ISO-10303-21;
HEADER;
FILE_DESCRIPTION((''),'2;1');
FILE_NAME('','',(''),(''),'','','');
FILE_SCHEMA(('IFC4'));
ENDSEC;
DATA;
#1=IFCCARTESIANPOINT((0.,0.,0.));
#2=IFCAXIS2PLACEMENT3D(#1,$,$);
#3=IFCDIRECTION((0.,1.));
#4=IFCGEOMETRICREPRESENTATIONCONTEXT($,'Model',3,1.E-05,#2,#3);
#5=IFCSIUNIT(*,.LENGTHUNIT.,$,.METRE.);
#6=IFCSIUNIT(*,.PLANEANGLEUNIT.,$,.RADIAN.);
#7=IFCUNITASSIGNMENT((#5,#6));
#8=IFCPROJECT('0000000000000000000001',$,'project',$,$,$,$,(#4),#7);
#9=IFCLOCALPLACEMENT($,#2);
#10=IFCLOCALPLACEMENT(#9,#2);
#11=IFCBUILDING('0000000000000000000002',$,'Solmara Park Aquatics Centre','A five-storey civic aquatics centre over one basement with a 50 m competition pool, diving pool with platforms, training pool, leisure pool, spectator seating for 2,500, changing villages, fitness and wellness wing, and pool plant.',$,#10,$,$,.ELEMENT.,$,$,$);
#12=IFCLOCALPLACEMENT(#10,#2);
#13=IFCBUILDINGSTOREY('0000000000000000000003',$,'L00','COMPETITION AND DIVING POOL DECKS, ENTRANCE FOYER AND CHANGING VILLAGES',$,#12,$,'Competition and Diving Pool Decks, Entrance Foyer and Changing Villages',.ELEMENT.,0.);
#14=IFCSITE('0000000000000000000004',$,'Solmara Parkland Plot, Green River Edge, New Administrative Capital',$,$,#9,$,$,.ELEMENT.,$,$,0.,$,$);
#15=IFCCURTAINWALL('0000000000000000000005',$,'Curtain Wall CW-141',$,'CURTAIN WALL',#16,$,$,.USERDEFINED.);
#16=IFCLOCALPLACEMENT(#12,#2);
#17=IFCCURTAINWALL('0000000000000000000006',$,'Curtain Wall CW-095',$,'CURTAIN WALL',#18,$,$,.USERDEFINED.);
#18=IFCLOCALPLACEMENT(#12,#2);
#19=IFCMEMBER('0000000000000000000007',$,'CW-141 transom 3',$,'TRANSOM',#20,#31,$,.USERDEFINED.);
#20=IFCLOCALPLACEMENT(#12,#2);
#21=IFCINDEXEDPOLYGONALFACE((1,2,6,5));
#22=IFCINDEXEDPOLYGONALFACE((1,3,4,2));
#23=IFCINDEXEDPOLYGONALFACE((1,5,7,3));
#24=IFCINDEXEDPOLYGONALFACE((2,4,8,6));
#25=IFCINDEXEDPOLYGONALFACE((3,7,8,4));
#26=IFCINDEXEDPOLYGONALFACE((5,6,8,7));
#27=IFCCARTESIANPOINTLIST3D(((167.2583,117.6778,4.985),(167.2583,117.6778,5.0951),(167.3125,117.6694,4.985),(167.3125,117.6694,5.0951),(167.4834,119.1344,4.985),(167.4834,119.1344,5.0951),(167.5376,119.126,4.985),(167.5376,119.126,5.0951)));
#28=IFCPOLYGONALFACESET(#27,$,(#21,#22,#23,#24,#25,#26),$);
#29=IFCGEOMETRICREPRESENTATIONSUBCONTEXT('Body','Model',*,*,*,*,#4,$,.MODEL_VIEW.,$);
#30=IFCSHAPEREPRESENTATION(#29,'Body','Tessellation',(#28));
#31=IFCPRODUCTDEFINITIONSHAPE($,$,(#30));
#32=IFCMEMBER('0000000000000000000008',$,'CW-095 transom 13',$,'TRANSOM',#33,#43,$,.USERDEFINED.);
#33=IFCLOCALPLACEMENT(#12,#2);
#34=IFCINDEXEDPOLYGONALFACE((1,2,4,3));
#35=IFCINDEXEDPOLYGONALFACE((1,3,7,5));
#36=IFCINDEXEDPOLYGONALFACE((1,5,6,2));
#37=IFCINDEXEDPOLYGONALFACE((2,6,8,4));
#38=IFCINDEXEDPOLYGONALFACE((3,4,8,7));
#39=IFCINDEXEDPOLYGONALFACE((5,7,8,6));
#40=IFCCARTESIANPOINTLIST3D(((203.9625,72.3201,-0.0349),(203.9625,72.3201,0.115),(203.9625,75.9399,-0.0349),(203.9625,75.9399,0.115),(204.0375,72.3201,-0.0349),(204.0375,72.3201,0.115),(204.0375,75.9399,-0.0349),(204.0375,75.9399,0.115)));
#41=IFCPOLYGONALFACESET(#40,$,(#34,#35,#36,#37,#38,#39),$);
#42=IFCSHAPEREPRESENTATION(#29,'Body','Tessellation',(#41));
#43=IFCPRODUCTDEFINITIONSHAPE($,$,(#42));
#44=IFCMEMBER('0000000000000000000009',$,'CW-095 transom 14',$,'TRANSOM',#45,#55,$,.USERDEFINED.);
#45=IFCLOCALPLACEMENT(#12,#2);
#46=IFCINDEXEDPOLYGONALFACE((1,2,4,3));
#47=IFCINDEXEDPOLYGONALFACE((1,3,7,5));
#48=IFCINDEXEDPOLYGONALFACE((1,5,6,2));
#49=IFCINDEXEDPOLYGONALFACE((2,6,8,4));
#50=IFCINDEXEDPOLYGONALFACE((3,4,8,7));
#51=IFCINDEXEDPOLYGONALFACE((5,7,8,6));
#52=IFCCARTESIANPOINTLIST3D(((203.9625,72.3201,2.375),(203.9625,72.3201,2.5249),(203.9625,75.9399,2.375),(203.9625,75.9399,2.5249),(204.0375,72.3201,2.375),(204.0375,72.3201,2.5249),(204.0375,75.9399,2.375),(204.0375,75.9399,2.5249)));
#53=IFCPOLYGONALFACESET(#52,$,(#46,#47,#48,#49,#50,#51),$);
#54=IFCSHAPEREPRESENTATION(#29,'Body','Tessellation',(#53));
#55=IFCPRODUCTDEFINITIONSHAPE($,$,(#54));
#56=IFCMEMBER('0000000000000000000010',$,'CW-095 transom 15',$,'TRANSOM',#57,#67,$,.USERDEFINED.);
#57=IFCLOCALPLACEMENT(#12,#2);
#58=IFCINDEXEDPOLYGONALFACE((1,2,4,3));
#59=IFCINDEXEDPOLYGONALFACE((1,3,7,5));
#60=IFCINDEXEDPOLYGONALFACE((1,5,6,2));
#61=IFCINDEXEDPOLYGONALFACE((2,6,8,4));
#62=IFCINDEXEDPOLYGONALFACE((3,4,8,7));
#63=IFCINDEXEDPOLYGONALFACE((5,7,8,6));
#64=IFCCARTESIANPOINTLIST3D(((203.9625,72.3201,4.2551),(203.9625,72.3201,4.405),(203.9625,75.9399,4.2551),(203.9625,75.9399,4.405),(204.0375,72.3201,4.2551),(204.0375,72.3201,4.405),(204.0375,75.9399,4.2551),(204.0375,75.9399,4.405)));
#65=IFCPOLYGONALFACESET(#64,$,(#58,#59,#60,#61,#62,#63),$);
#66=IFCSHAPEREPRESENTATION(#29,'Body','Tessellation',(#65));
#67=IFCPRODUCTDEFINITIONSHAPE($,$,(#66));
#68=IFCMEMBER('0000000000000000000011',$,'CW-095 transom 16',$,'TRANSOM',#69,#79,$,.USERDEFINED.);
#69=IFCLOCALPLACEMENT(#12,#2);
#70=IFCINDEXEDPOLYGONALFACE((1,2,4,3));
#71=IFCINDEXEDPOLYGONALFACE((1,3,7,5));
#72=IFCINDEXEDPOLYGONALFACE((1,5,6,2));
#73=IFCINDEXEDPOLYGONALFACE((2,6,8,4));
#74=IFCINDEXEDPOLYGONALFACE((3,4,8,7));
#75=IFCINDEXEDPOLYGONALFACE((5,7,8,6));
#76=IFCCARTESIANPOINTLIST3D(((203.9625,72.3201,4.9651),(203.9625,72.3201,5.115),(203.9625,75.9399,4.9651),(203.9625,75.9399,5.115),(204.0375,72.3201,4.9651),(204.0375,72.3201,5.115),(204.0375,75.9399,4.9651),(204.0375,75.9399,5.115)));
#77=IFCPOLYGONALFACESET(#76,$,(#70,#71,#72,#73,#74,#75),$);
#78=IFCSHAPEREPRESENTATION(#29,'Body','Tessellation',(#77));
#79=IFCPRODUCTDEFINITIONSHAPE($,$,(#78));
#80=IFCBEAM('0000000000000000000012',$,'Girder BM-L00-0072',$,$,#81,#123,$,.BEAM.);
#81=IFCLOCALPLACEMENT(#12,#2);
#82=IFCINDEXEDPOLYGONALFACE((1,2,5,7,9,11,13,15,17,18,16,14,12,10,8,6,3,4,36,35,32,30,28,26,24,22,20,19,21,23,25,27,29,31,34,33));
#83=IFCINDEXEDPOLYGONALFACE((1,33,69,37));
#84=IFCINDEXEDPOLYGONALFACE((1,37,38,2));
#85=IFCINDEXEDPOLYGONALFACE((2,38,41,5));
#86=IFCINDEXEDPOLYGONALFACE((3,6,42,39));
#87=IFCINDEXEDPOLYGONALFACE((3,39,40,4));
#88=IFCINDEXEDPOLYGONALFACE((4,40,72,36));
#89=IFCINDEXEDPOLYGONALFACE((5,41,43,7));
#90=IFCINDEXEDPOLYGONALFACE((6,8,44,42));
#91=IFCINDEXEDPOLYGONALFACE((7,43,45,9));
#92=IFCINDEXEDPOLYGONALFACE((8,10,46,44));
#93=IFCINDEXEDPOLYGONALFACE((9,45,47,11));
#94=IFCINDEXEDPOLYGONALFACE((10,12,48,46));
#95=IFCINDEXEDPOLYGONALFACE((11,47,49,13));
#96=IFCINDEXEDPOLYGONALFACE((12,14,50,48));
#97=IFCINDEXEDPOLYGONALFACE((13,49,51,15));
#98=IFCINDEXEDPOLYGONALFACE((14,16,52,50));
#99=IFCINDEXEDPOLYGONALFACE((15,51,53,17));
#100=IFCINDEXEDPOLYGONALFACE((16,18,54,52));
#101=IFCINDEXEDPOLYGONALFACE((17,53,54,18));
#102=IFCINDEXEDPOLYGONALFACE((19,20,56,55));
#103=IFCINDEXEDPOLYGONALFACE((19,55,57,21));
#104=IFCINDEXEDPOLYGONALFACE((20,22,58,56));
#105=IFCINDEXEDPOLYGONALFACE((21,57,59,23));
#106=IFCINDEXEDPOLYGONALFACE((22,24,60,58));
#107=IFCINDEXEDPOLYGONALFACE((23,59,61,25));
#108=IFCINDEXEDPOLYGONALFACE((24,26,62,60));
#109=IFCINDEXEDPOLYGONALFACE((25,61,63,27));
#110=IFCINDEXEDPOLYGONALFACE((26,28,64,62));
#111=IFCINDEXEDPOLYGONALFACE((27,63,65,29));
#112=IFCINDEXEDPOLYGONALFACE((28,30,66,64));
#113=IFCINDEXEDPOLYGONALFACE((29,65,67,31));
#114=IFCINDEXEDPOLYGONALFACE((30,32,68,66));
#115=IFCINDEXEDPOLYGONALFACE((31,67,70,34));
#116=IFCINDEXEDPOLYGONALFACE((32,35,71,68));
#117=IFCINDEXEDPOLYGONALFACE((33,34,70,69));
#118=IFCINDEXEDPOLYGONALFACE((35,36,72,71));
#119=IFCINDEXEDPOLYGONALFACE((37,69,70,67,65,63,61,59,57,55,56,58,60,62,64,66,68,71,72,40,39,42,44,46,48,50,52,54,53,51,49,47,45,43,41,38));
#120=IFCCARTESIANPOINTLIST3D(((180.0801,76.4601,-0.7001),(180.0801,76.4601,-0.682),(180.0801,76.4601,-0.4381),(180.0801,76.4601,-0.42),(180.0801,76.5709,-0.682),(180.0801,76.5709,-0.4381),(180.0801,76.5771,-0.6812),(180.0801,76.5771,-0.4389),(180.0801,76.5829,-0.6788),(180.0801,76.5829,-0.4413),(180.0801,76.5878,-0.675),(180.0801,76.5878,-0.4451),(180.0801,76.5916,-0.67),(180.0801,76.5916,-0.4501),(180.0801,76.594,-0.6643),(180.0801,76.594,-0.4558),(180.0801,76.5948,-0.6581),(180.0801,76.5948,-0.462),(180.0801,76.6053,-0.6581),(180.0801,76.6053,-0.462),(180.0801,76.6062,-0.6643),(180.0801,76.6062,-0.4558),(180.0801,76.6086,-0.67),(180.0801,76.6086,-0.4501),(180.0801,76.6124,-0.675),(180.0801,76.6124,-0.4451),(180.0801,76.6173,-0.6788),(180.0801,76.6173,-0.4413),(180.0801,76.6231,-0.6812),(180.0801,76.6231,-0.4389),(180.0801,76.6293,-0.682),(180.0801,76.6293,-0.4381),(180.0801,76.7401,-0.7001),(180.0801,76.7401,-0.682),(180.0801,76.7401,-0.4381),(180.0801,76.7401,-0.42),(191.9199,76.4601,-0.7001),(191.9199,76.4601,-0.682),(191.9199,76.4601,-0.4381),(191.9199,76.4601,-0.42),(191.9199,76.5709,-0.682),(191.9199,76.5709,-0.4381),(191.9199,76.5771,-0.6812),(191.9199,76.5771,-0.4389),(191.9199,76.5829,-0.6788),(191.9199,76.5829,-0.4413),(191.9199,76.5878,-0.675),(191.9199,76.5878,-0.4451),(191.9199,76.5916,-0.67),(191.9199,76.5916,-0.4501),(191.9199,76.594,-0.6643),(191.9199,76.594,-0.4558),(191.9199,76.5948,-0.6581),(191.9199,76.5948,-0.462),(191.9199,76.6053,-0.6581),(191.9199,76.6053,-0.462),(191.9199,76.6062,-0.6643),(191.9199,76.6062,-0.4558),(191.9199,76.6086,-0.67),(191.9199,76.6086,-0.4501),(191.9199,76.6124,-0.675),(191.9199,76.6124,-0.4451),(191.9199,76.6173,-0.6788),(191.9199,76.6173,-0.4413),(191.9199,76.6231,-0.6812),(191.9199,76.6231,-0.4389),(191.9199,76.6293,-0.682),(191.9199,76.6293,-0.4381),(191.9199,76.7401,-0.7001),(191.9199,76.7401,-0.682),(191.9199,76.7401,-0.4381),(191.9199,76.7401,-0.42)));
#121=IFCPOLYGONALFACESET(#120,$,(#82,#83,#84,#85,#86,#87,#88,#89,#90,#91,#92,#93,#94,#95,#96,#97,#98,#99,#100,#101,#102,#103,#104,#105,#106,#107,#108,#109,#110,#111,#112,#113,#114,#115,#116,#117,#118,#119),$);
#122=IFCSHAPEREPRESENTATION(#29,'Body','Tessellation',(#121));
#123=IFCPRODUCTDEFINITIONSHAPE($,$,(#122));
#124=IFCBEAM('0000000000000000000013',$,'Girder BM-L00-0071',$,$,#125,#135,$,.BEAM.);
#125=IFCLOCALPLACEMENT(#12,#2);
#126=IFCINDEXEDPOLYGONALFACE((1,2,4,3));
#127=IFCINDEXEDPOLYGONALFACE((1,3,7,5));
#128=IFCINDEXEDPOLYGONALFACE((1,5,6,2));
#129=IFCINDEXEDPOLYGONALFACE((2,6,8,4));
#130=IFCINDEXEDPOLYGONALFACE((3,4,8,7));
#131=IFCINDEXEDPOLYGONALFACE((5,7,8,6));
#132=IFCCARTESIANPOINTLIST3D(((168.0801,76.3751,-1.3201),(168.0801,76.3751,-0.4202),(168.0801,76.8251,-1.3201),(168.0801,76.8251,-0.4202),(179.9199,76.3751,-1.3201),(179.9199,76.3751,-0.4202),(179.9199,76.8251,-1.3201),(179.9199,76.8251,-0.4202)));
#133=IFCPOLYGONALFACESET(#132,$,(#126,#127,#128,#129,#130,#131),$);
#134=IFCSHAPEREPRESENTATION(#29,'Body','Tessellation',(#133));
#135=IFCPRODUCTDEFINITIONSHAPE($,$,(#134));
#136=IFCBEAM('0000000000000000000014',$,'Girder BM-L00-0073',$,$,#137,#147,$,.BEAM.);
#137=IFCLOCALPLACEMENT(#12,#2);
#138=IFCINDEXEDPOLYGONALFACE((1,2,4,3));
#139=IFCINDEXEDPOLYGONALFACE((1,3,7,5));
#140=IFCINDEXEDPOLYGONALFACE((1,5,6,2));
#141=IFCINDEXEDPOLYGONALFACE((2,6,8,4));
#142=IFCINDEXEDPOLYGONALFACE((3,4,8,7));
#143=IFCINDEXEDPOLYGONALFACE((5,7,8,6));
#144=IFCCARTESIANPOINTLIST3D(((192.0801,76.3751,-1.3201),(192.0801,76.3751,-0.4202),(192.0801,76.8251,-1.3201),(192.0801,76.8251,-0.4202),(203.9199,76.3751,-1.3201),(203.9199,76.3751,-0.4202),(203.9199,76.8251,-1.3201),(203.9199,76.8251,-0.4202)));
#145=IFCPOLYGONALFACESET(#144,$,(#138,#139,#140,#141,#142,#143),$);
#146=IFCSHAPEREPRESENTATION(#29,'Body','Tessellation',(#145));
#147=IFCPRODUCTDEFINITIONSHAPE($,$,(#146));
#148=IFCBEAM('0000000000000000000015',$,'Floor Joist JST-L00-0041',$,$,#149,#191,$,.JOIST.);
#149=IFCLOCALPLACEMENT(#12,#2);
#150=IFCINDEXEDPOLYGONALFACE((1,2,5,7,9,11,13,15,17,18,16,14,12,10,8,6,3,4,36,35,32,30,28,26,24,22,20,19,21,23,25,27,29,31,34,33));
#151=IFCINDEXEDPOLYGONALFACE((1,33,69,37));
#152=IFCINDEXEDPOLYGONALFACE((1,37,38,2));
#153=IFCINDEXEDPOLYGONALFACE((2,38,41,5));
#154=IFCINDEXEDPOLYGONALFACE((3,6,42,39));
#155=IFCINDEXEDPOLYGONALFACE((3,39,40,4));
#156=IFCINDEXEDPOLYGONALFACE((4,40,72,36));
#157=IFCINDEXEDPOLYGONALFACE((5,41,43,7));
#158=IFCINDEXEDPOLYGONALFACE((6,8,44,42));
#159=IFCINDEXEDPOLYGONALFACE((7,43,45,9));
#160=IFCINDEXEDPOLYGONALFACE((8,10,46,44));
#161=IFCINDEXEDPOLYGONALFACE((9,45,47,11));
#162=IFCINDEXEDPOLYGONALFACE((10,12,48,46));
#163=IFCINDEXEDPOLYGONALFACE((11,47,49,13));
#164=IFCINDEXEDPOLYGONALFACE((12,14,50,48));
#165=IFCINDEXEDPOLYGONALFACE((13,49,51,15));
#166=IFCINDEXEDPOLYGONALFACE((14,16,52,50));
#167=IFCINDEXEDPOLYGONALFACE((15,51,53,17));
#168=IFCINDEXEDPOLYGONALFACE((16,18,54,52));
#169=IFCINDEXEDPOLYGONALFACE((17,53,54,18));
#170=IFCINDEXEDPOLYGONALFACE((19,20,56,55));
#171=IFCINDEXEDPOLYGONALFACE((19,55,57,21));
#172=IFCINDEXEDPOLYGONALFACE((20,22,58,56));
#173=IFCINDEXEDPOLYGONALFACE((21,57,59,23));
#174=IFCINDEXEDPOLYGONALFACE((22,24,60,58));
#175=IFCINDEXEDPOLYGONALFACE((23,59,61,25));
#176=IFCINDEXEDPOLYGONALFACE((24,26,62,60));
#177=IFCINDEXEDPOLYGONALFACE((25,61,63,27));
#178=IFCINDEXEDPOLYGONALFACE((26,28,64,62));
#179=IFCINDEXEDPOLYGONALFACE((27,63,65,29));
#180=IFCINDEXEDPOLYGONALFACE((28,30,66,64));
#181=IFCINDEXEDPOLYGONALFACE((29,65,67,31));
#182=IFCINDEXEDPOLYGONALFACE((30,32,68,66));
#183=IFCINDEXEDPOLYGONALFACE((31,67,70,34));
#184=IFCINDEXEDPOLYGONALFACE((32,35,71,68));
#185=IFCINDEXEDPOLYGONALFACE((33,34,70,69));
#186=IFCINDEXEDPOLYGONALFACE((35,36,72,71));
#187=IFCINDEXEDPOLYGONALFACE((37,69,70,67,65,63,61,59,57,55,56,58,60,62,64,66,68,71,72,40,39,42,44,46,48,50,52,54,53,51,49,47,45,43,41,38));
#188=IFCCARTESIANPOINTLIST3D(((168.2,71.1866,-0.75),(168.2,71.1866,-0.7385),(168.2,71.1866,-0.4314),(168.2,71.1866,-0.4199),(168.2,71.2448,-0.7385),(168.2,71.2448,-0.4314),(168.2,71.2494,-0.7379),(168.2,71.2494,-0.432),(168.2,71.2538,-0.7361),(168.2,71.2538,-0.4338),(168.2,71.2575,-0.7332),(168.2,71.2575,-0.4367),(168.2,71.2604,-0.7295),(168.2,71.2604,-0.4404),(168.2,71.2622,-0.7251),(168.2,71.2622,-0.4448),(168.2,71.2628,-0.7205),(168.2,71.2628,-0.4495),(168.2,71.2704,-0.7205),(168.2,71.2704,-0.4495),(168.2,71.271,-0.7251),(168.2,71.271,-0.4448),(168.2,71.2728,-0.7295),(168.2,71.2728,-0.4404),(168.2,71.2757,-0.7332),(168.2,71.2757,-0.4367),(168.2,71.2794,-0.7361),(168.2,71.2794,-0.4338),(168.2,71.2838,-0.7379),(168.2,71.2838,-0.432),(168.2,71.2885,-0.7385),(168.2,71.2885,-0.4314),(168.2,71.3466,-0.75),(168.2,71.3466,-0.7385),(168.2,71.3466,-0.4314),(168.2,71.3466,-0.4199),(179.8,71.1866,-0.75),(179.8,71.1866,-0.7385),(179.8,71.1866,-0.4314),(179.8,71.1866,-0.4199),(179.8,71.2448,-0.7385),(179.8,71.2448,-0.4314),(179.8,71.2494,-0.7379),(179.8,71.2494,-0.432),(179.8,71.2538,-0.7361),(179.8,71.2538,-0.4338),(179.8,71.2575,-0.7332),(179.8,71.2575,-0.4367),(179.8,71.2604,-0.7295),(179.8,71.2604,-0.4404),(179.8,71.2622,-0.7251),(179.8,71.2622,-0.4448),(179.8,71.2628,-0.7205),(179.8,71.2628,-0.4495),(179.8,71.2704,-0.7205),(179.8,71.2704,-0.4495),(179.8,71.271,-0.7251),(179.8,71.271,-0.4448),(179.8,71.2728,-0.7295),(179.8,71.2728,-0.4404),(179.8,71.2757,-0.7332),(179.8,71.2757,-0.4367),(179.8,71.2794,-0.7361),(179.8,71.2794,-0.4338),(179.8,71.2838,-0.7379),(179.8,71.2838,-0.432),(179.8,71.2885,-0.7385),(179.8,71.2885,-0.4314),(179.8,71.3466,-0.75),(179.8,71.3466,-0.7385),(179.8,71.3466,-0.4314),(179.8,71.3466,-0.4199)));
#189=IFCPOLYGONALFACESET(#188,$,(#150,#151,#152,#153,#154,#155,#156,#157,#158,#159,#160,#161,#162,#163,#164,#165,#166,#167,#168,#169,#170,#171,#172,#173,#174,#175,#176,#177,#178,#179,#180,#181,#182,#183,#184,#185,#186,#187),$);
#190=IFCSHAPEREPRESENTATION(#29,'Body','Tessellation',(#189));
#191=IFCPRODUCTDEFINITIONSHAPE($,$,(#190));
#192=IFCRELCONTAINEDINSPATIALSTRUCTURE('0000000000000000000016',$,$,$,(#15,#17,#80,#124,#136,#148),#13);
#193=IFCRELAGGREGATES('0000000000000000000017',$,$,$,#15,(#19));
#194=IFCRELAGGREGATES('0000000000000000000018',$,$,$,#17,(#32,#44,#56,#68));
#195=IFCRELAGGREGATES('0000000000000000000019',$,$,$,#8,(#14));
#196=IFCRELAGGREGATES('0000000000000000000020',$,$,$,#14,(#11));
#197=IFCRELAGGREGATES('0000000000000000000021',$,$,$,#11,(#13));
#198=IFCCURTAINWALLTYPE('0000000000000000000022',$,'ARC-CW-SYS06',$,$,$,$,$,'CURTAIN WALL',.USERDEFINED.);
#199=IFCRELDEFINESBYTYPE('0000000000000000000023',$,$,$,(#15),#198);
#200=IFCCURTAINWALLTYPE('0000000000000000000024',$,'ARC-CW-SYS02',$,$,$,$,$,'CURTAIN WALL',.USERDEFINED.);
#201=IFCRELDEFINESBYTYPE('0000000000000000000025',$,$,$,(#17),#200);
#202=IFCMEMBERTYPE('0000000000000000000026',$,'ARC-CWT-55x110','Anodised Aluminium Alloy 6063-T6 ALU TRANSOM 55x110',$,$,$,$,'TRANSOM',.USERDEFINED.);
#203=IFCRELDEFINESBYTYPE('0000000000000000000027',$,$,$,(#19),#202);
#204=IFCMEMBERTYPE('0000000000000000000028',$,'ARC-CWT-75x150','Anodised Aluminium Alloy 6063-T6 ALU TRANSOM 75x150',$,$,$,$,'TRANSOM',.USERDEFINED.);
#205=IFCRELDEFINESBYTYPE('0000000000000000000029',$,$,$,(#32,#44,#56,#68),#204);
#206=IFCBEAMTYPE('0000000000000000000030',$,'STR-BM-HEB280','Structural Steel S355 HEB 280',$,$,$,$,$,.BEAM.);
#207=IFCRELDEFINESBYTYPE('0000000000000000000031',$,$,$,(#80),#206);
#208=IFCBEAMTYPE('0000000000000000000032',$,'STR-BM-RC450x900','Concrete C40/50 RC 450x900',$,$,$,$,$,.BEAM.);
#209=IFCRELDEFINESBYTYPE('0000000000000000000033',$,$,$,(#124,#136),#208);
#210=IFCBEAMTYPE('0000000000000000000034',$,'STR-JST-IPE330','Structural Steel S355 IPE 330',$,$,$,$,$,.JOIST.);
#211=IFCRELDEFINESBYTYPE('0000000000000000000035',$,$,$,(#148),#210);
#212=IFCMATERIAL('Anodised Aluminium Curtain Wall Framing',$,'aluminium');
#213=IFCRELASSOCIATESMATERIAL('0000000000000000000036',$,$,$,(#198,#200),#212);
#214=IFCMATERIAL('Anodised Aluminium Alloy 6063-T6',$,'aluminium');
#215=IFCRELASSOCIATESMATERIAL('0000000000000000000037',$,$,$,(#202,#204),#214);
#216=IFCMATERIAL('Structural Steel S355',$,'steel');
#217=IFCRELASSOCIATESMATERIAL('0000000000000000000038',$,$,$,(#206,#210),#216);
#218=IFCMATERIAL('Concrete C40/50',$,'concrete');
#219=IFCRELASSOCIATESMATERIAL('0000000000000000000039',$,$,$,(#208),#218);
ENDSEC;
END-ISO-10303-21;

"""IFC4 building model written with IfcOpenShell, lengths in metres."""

from ifc_helpers import new_model, si_unit, direction, frame, origin, origin_2d, place, context, subcontext, project, spatial, rectangle, i_section, extrude, material, material_profile, profile_set, type_object, element, aggregate, save


model = new_model("IFC4")

# Units and contexts
model_context = context("Model", 3, precision=1e-05, world=origin(), true_north=direction((0.0, 1.0)))
body_context = subcontext(model_context, "Body", "Model", "MODEL_VIEW")
ifc_project = project(units=[si_unit("LENGTHUNIT", "METRE"), si_unit("PLANEANGLEUNIT", "RADIAN")], contexts=[model_context])

# Site, building, storey
site_placement = place(None, origin())
site = spatial("IfcSite", under=ifc_project, at=site_placement, Name="Solmara Parkland Plot, Green River Edge, New Administrative Capital", CompositionType="ELEMENT", RefElevation=0.0)
building_placement = place(site_placement, origin())
building = spatial("IfcBuilding", under=site, at=building_placement, Name="Solmara Park Aquatics Centre", Description="A five-storey civic aquatics centre over one basement with a 50 m competition pool, diving pool with platforms, training pool, leisure pool, spectator seating for 2,500, changing villages, fitness and wellness wing, and pool plant.", CompositionType="ELEMENT")
storey_placement = place(building_placement, origin())
storey = spatial("IfcBuildingStorey", under=building, at=storey_placement, Name="L00", Description="COMPETITION AND DIVING POOL DECKS, ENTRANCE FOYER AND CHANGING VILLAGES", LongName="Competition and Diving Pool Decks, Entrance Foyer and Changing Villages", CompositionType="ELEMENT", Elevation=0.0)

# Shared definitions
ifc_material_1 = material(Name="Concrete C40/50", Category="concrete")

# Curtain wall
ifc_material_2 = material(Name="Anodised Aluminium Curtain Wall Framing", Category="aluminium")
curtain_wall_type_1 = type_object("IfcCurtainWallType", Name="ARC-CW-SYS06", ElementType="CURTAIN WALL", PredefinedType="USERDEFINED", material=ifc_material_2)
ifc_material_3 = material(Name="Anodised Aluminium Alloy 6063-T6", Category="aluminium")
curtain_wall_1_placement = place(storey_placement, origin())
curtain_wall_1 = element("IfcCurtainWall", 1, at=curtain_wall_1_placement, inside=storey, type_object=curtain_wall_type_1, Name="Curtain Wall CW-141", ObjectType="CURTAIN WALL", PredefinedType="USERDEFINED")

# Curtain wall
curtain_wall_type_2 = type_object("IfcCurtainWallType", Name="ARC-CW-SYS02", ElementType="CURTAIN WALL", PredefinedType="USERDEFINED", material=ifc_material_2)
curtain_wall_2_placement = place(storey_placement, origin())
curtain_wall_2 = element("IfcCurtainWall", 2, at=curtain_wall_2_placement, inside=storey, type_object=curtain_wall_type_2, Name="Curtain Wall CW-095", ObjectType="CURTAIN WALL", PredefinedType="USERDEFINED")

# Members
ifc_material_profile_1 = material_profile(ifc_material_3, rectangle(XDim=0.0549, YDim=0.1101, at=origin_2d()), Name="ALU TRANSOM 55x110")
ifc_profile_set_1 = profile_set([ifc_material_profile_1], Name="Anodised Aluminium Alloy 6063-T6")
member_type_1 = type_object("IfcMemberType", Name="ARC-CWT-55x110", Description="Anodised Aluminium Alloy 6063-T6 ALU TRANSOM 55x110", ElementType="TRANSOM", PredefinedType="USERDEFINED", material=ifc_profile_set_1)
member_1_placement = place(storey_placement, frame((167.2854, 117.6736, 5.04), z_axis=(0.152729, 0.988268, 0.0), x_axis=(-0.988268, 0.152729, 0.0)))
member_1 = element("IfcMember", 3, at=member_1_placement, type_object=member_type_1, Name="CW-141 transom 3", ObjectType="TRANSOM", PredefinedType="USERDEFINED", context=body_context, shape_type="SweptSolid", body=[
    extrude(rectangle(XDim=0.0549, YDim=0.1101, at=origin_2d()), origin(), (0.0, 0.0, 1.0), 1.4739),
])
ifc_material_profile_2 = material_profile(ifc_material_3, rectangle(XDim=0.075, YDim=0.1499, at=origin_2d()), Name="ALU TRANSOM 75x150")
ifc_profile_set_2 = profile_set([ifc_material_profile_2], Name="Anodised Aluminium Alloy 6063-T6")
member_type_2 = type_object("IfcMemberType", Name="ARC-CWT-75x150", Description="Anodised Aluminium Alloy 6063-T6 ALU TRANSOM 75x150", ElementType="TRANSOM", PredefinedType="USERDEFINED", material=ifc_profile_set_2)
member_2_placement = place(storey_placement, frame((204.0, 72.3201, 0.04), z_axis=(0.0, 1.0, 0.0), x_axis=(-1.0, 0.0, 0.0)))
member_2 = element("IfcMember", 4, at=member_2_placement, type_object=member_type_2, Name="CW-095 transom 13", ObjectType="TRANSOM", PredefinedType="USERDEFINED", context=body_context, shape_type="SweptSolid", body=[
    extrude(rectangle(XDim=0.075, YDim=0.1499, at=origin_2d()), origin(), (0.0, 0.0, 1.0), 3.6199),
])
member_3_placement = place(storey_placement, frame((204.0, 72.3201, 2.45), z_axis=(0.0, 1.0, 0.0), x_axis=(-1.0, 0.0, 0.0)))
member_3 = element("IfcMember", 5, at=member_3_placement, type_object=member_type_2, Name="CW-095 transom 14", ObjectType="TRANSOM", PredefinedType="USERDEFINED", context=body_context, shape_type="SweptSolid", body=[
    extrude(rectangle(XDim=0.075, YDim=0.1499, at=origin_2d()), origin(), (0.0, 0.0, 1.0), 3.6199),
])
member_4_placement = place(storey_placement, frame((204.0, 72.3201, 4.3301), z_axis=(0.0, 1.0, 0.0), x_axis=(-1.0, 0.0, 0.0)))
member_4 = element("IfcMember", 6, at=member_4_placement, type_object=member_type_2, Name="CW-095 transom 15", ObjectType="TRANSOM", PredefinedType="USERDEFINED", context=body_context, shape_type="SweptSolid", body=[
    extrude(rectangle(XDim=0.075, YDim=0.1499, at=origin_2d()), origin(), (0.0, 0.0, 1.0), 3.6199),
])
member_5_placement = place(storey_placement, frame((204.0, 72.3201, 5.04), z_axis=(0.0, 1.0, 0.0), x_axis=(-1.0, 0.0, 0.0)))
member_5 = element("IfcMember", 7, at=member_5_placement, type_object=member_type_2, Name="CW-095 transom 16", ObjectType="TRANSOM", PredefinedType="USERDEFINED", context=body_context, shape_type="SweptSolid", body=[
    extrude(rectangle(XDim=0.075, YDim=0.1499, at=origin_2d()), origin(), (0.0, 0.0, 1.0), 3.6199),
])

# Beams
ifc_material_4 = material(Name="Structural Steel S355", Category="steel")
ifc_material_profile_3 = material_profile(ifc_material_4, i_section(OverallWidth=0.28, OverallDepth=0.28, WebThickness=0.0105, FlangeThickness=0.0181, FilletRadius=0.0239, at=origin_2d()), Name="HEB 280")
ifc_profile_set_3 = profile_set([ifc_material_profile_3], Name="Structural Steel S355")
beam_type_1 = type_object("IfcBeamType", Name="STR-BM-HEB280", Description="Structural Steel S355 HEB 280", PredefinedType="BEAM", material=ifc_profile_set_3)
beam_placement = place(storey_placement, frame((180.0801, 76.6001, -0.5601), z_axis=(1.0, 0.0, 0.0), x_axis=(0.0, 1.0, 0.0)))
element("IfcBeam", 8, at=beam_placement, inside=storey, type_object=beam_type_1, Name="Girder BM-L00-0072", PredefinedType="BEAM", context=body_context, shape_type="SweptSolid", body=[
    extrude(i_section(OverallWidth=0.28, OverallDepth=0.28, WebThickness=0.0105, FlangeThickness=0.0181, FilletRadius=0.0239, at=origin_2d()), origin(), (0.0, 0.0, 1.0), 11.8398),
])
ifc_material_profile_4 = material_profile(ifc_material_1, rectangle(XDim=0.45, YDim=0.8999, at=origin_2d()), Name="RC 450x900")
ifc_profile_set_4 = profile_set([ifc_material_profile_4], Name="Concrete C40/50")
beam_type_2 = type_object("IfcBeamType", Name="STR-BM-RC450x900", Description="Concrete C40/50 RC 450x900", PredefinedType="BEAM", material=ifc_profile_set_4)
for number, where, z_axis, x_axis, name in (
    (9, (168.0801, 76.6001, -0.8701), (1.0, 0.0, 0.0), (0.0, 1.0, 0.0), "Girder BM-L00-0071"),
    (10, (192.0801, 76.6001, -0.8701), (1.0, 0.0, 0.0), (0.0, 1.0, 0.0), "Girder BM-L00-0073"),
):
    element("IfcBeam", number, at=place(storey_placement, frame(where, z_axis=z_axis, x_axis=x_axis)), inside=storey, type_object=beam_type_2, Name=name, PredefinedType="BEAM", context=body_context, shape_type="SweptSolid", body=[
        extrude(rectangle(XDim=0.45, YDim=0.8999, at=origin_2d()), origin(), (0.0, 0.0, 1.0), 11.8398),
    ])
ifc_material_profile_5 = material_profile(ifc_material_4, i_section(OverallWidth=0.1599, OverallDepth=0.3301, WebThickness=0.0076, FlangeThickness=0.0115, FilletRadius=0.0181, at=origin_2d()), Name="IPE 330")
ifc_profile_set_5 = profile_set([ifc_material_profile_5], Name="Structural Steel S355")
beam_type_3 = type_object("IfcBeamType", Name="STR-JST-IPE330", Description="Structural Steel S355 IPE 330", PredefinedType="JOIST", material=ifc_profile_set_5)
for number, where, z_axis, x_axis, name in (
    (11, (168.2, 71.2666, -0.585), (1.0, 0.0, 0.0), (0.0, 1.0, 0.0), "Floor Joist JST-L00-0041"),
):
    element("IfcBeam", number, at=place(storey_placement, frame(where, z_axis=z_axis, x_axis=x_axis)), inside=storey, type_object=beam_type_3, Name=name, PredefinedType="JOIST", context=body_context, shape_type="SweptSolid", body=[
        extrude(i_section(OverallWidth=0.1599, OverallDepth=0.3301, WebThickness=0.0076, FlangeThickness=0.0115, FilletRadius=0.0181, at=origin_2d()), origin(), (0.0, 0.0, 1.0), 11.6001),
    ])

aggregate(curtain_wall_1, [member_1])
aggregate(curtain_wall_2, [member_2, member_3, member_4, member_5])

save(model, "model.ifc")
